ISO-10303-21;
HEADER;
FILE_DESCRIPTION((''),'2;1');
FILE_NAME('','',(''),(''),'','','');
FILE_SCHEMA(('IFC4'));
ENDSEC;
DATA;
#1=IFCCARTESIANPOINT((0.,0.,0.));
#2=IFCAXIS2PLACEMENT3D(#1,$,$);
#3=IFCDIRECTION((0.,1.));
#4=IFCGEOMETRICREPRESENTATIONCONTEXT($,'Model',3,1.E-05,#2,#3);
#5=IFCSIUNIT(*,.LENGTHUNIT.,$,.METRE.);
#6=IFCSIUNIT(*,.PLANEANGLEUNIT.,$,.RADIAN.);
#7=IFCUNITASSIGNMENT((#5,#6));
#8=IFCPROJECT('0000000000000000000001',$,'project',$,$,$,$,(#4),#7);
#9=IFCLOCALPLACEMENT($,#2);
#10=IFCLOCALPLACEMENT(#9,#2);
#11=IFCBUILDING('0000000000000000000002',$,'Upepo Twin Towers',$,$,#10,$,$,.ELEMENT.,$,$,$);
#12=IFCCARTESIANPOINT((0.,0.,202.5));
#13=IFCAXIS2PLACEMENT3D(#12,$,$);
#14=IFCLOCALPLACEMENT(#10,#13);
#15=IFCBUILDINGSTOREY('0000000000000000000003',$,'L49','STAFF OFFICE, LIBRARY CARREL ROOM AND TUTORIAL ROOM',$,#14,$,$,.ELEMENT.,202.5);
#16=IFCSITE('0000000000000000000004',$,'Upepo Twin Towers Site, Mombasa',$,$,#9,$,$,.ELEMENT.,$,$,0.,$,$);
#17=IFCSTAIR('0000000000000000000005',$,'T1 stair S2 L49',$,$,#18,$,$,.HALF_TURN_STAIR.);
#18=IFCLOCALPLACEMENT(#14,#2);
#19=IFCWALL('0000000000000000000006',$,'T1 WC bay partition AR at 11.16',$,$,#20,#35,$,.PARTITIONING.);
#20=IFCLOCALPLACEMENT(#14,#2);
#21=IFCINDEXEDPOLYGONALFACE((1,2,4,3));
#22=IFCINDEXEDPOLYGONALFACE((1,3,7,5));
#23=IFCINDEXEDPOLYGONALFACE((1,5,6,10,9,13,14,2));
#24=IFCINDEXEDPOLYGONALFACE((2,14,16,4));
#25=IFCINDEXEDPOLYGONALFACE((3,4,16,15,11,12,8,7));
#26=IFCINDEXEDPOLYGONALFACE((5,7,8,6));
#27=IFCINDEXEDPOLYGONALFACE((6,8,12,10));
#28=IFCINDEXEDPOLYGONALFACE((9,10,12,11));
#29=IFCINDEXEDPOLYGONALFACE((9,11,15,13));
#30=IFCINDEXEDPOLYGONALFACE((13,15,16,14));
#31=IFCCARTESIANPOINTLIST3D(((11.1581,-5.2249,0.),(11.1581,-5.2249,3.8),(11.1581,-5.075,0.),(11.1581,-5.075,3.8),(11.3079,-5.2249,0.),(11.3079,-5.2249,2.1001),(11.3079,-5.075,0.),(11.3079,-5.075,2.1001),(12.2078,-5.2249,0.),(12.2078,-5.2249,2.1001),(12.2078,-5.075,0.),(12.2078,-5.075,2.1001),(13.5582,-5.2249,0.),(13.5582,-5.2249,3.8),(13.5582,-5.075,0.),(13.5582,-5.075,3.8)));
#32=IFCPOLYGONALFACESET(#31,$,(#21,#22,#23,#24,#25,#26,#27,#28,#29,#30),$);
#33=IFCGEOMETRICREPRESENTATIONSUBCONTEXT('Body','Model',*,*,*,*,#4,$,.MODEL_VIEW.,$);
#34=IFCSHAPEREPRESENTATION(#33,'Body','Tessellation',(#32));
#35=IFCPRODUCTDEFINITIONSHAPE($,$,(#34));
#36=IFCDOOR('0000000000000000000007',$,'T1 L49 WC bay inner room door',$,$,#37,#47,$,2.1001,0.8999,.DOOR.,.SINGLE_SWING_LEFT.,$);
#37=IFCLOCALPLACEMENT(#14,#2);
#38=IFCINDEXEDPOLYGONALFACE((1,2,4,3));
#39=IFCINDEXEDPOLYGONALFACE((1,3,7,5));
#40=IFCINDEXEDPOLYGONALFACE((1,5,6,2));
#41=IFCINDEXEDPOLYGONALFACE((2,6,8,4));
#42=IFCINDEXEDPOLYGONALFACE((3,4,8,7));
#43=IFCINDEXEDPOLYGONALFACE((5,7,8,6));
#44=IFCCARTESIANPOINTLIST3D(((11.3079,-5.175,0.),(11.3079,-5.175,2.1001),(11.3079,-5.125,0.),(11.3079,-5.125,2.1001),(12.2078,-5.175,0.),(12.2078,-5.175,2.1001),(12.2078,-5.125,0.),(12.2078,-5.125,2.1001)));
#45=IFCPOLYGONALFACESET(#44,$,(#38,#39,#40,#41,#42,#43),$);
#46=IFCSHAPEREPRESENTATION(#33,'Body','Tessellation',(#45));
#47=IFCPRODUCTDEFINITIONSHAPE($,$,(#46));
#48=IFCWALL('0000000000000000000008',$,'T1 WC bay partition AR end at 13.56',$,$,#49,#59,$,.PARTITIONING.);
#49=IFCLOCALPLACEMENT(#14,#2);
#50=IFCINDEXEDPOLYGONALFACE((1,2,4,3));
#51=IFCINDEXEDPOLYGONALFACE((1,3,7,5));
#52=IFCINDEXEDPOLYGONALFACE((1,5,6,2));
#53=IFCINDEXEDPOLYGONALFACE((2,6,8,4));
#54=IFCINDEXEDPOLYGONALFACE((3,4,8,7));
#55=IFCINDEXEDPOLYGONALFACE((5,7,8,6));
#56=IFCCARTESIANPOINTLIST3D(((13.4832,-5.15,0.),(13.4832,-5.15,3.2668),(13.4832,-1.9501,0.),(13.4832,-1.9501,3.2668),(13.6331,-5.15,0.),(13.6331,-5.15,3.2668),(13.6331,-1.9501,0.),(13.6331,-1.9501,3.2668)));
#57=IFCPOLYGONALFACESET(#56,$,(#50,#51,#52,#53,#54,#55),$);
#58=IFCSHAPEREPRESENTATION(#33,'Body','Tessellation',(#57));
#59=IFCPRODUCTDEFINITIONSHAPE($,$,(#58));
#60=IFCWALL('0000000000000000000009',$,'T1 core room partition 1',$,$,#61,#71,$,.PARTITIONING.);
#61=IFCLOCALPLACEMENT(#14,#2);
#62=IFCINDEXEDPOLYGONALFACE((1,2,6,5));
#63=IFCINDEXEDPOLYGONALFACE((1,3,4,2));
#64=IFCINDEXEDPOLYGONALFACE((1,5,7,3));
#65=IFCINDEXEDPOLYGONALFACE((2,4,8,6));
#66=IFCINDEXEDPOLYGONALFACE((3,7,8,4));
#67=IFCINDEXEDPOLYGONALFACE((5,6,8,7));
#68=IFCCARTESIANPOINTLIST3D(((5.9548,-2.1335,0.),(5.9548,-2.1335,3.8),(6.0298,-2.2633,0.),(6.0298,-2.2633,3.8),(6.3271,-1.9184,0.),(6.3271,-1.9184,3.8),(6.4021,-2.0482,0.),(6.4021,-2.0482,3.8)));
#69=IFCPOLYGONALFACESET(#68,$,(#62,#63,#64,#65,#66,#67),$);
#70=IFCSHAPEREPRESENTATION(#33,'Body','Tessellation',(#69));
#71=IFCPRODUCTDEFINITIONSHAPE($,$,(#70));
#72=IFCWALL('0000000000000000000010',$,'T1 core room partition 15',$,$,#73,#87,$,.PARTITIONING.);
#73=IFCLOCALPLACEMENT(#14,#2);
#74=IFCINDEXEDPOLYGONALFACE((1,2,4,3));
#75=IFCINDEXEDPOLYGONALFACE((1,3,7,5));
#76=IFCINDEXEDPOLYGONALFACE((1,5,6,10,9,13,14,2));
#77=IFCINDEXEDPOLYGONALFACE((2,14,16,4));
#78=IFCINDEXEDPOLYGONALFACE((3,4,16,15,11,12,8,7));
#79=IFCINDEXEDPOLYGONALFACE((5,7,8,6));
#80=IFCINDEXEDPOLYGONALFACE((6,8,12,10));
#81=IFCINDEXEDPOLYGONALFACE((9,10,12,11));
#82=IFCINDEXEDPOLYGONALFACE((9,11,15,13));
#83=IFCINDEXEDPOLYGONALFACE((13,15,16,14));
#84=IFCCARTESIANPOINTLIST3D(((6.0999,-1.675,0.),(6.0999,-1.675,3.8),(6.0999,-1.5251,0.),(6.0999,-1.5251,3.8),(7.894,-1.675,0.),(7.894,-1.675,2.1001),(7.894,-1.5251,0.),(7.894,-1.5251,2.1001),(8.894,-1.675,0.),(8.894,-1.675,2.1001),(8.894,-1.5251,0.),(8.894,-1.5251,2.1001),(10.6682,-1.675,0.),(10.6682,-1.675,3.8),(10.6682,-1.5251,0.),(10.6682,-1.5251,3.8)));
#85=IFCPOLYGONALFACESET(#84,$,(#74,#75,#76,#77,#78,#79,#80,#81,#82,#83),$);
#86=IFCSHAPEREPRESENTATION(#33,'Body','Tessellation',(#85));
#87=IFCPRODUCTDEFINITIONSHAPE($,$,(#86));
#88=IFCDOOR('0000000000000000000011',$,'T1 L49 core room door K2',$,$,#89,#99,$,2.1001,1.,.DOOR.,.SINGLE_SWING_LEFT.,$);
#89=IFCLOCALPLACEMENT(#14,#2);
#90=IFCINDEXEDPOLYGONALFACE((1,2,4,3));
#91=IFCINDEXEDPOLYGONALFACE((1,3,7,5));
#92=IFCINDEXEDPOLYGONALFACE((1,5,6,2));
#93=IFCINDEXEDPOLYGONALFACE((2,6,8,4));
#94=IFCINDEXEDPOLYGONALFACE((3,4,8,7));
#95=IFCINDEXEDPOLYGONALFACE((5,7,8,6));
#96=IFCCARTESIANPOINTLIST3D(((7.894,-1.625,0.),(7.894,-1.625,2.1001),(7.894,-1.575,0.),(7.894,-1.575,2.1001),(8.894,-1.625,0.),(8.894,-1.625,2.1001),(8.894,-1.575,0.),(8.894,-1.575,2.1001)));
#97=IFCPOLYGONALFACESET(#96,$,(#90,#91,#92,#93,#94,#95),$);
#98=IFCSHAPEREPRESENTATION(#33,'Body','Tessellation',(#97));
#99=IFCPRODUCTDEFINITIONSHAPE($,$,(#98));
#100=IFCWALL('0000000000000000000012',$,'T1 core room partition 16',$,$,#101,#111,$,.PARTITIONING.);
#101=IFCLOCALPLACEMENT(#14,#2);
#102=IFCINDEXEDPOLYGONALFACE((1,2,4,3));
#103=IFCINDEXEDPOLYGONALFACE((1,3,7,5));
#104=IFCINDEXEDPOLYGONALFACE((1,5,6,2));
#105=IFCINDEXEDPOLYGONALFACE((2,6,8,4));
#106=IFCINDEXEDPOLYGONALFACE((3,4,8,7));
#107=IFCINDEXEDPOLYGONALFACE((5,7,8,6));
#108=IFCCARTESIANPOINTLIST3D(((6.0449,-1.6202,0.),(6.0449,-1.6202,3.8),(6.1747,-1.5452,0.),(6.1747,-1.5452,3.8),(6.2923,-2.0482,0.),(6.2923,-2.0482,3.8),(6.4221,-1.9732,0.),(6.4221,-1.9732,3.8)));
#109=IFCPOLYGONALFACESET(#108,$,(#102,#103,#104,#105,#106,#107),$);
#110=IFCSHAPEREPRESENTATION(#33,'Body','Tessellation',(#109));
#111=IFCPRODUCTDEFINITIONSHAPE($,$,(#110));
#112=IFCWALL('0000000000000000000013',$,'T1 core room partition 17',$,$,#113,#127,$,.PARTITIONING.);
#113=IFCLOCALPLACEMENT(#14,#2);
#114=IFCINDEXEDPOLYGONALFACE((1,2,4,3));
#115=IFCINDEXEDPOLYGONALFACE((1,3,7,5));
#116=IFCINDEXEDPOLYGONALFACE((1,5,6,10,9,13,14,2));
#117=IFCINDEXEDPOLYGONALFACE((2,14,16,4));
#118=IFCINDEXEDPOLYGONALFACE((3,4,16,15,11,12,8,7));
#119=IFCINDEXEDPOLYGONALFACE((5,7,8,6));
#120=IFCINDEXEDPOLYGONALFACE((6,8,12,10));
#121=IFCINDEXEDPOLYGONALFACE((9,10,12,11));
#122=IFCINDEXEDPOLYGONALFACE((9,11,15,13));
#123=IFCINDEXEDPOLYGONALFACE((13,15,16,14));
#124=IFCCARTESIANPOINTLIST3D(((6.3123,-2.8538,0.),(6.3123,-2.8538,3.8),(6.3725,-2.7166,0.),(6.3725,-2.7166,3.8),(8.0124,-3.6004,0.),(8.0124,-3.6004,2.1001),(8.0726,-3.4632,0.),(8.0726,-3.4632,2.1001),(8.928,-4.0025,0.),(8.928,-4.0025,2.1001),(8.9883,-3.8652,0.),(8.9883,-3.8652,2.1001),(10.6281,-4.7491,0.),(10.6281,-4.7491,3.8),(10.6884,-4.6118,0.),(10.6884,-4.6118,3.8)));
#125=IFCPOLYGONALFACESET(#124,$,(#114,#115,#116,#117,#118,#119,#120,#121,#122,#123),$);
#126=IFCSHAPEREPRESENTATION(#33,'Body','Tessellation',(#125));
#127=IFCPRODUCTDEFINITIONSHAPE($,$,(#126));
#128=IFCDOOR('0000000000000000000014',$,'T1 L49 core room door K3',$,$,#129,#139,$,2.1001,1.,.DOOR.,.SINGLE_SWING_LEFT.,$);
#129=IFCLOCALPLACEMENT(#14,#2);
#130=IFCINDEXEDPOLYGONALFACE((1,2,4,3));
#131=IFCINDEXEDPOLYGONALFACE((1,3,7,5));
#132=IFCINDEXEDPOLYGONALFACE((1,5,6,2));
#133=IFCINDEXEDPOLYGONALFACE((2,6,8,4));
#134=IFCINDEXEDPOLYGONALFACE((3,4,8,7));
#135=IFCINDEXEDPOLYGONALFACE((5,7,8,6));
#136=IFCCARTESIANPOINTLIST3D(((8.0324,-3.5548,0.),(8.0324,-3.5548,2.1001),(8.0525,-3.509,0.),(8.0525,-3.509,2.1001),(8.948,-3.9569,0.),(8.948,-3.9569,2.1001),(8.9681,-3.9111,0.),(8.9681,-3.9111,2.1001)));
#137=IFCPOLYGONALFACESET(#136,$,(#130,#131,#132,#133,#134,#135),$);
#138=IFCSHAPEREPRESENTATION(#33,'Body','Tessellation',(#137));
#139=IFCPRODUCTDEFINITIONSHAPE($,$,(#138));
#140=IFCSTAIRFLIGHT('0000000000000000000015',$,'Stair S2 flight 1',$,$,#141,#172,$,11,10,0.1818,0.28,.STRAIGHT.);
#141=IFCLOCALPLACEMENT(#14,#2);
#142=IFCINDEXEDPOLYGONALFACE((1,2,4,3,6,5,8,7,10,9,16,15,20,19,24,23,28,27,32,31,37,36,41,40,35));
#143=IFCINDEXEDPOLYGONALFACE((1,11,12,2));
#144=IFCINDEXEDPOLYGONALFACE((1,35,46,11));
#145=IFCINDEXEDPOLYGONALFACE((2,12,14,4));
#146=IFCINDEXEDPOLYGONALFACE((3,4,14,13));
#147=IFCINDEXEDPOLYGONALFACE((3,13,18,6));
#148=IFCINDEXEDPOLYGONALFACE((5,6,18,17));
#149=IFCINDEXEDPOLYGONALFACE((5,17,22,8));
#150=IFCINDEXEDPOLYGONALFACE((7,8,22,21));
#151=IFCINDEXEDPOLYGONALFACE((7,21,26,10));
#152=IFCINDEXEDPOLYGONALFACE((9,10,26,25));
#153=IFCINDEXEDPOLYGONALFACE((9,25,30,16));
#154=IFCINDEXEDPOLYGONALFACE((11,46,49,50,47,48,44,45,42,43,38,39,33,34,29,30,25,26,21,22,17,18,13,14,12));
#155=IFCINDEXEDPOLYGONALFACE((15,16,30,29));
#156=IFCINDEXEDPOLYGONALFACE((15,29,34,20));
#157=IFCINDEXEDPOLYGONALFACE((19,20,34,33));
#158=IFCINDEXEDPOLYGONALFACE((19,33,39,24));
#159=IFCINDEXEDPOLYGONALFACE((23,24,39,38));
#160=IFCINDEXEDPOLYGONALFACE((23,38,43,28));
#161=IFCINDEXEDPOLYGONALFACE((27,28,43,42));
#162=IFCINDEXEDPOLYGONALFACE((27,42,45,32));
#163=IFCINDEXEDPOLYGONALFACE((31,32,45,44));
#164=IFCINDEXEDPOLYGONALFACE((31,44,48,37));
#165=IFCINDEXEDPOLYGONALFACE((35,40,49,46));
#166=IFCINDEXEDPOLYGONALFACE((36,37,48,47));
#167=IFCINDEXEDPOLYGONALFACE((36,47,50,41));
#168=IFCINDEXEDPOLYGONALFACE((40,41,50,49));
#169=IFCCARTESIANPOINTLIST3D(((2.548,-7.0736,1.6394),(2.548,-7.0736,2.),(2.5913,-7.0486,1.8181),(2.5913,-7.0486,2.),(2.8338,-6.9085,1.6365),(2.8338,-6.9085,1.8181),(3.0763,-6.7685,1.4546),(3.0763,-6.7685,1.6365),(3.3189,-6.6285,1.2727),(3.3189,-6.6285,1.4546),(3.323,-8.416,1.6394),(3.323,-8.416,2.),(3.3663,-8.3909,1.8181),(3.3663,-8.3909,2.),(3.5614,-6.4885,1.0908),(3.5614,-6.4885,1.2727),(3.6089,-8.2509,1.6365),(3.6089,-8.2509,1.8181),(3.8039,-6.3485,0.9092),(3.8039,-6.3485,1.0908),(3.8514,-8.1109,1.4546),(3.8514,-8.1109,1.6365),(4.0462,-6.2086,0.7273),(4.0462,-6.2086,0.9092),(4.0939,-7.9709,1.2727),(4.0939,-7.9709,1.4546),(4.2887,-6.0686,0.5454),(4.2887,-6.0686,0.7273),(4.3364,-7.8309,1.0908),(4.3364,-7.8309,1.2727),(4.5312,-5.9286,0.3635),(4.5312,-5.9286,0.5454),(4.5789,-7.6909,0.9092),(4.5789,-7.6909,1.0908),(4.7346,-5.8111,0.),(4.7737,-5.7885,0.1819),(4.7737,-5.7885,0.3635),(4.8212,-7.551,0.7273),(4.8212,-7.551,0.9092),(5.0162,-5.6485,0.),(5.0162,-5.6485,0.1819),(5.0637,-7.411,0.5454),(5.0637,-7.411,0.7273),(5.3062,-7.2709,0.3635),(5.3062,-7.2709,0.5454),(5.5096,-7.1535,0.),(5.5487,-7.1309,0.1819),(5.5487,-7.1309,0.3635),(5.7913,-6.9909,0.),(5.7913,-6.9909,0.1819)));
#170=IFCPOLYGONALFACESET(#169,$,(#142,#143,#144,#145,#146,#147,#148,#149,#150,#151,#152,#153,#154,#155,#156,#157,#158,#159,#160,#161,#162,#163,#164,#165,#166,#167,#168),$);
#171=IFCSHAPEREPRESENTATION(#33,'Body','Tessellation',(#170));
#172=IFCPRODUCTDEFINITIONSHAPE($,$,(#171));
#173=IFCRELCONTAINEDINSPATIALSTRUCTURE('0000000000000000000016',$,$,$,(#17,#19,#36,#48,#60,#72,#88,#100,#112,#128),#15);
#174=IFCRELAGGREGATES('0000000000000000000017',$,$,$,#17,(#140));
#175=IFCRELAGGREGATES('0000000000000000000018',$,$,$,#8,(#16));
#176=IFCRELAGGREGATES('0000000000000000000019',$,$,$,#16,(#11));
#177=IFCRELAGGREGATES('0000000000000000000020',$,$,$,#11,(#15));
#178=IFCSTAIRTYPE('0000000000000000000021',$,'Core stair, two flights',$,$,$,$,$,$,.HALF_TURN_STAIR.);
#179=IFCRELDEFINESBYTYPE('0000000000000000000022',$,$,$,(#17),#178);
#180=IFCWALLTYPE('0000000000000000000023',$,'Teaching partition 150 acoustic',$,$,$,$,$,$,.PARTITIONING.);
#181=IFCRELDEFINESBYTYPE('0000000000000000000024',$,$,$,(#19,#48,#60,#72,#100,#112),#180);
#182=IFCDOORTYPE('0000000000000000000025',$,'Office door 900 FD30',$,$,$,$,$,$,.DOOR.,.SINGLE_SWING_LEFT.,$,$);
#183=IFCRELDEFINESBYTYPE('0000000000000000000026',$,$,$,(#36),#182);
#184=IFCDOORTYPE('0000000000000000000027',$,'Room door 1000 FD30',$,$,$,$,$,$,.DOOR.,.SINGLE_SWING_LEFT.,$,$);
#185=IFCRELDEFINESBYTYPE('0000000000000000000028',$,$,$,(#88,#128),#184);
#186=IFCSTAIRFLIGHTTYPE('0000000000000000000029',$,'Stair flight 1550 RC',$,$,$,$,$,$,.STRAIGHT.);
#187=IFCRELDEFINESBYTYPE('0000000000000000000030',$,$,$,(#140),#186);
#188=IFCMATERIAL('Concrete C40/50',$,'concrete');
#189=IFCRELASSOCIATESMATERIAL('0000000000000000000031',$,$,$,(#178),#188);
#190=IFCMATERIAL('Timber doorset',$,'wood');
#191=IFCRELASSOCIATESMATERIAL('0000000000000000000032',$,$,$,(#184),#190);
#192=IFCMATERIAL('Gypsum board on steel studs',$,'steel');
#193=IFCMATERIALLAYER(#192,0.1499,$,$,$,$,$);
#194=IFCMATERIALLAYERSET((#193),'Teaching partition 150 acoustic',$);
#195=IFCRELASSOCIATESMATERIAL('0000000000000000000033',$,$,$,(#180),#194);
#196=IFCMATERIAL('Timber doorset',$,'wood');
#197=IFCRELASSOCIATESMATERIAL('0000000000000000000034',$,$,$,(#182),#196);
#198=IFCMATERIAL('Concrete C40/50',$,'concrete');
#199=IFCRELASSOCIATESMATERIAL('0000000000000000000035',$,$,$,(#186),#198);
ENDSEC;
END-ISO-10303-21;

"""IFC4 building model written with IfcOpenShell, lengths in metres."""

from ifc_helpers import new_model, si_unit, direction, frame, frame_2d, origin, place, context, subcontext, project, spatial, polyline, rectangle, outline, extrude, material, layer, layer_set, type_object, element, fill, aggregate, save


model = new_model("IFC4")

# Units and contexts
model_context = context("Model", 3, precision=1e-05, world=origin(), true_north=direction((0.0, 1.0)))
body_context = subcontext(model_context, "Body", "Model", "MODEL_VIEW")
ifc_project = project(units=[si_unit("LENGTHUNIT", "METRE"), si_unit("PLANEANGLEUNIT", "RADIAN")], contexts=[model_context])

# Site, building, storey
site_placement = place(None, origin())
site = spatial("IfcSite", under=ifc_project, at=site_placement, Name="Upepo Twin Towers Site, Mombasa", CompositionType="ELEMENT", RefElevation=0.0)
building_placement = place(site_placement, origin())
building = spatial("IfcBuilding", under=site, at=building_placement, Name="Upepo Twin Towers", CompositionType="ELEMENT")
storey_placement = place(building_placement, frame((0.0, 0.0, 202.5)))
storey = spatial("IfcBuildingStorey", under=building, at=storey_placement, Name="L49", Description="STAFF OFFICE, LIBRARY CARREL ROOM AND TUTORIAL ROOM", CompositionType="ELEMENT", Elevation=202.5)

# Stair
ifc_material_1 = material(Name="Concrete C40/50", Category="concrete")
stair_type = type_object("IfcStairType", Name="Core stair, two flights", PredefinedType="HALF_TURN_STAIR", material=ifc_material_1)
stair_placement = place(storey_placement, origin())
stair = element("IfcStair", 1, at=stair_placement, inside=storey, type_object=stair_type, Name="T1 stair S2 L49", PredefinedType="HALF_TURN_STAIR")

# Shared definitions
ifc_material_2 = material(Name="Timber doorset", Category="wood")
door_type_1 = type_object("IfcDoorType", Name="Room door 1000 FD30", OperationType="SINGLE_SWING_LEFT", PredefinedType="DOOR", material=ifc_material_2)

# Wall, opening, door
ifc_material_3 = material(Name="Gypsum board on steel studs", Category="steel")
ifc_layer_1 = layer(ifc_material_3, 0.1499)
ifc_layer_set_1 = layer_set([ifc_layer_1], Name="Teaching partition 150 acoustic")
wall_type_1 = type_object("IfcWallType", Name="Teaching partition 150 acoustic", PredefinedType="PARTITIONING", material=ifc_layer_set_1)
wall_1_placement = place(storey_placement, frame((11.158, -5.1499, 0.0), z_axis=(0.0, 0.0, 1.0), x_axis=(1.0, 0.0, 0.0)))
wall_1 = element("IfcWall", 2, at=wall_1_placement, inside=storey, type_object=wall_type_1, Name="T1 WC bay partition AR at 11.16", PredefinedType="PARTITIONING", context=body_context, shape_type="SweptSolid", body=[
    extrude(rectangle(XDim=2.4001, YDim=0.1499, at=frame_2d((1.2002, 0.0))), origin(), (0.0, 0.0, 1.0), 3.8),
])
opening_1_placement = place(wall_1_placement, frame((0.1499, 0.0, 0.0)))
opening_1 = element("IfcOpeningElement", 3, at=opening_1_placement, cuts=wall_1, PredefinedType="OPENING", context=body_context, shape_type="SweptSolid", body=[
    extrude(rectangle(XDim=0.8999, YDim=2.1001, at=frame_2d((0.45, 1.05))), frame((0.0, 0.085, 0.0), z_axis=(0.0, -1.0, 0.0), x_axis=(1.0, 0.0, 0.0)), (0.0, 0.0, 1.0), 0.1699),
])
ifc_material_4 = material(Name="Timber doorset", Category="wood")
door_type_2 = type_object("IfcDoorType", Name="Office door 900 FD30", OperationType="SINGLE_SWING_LEFT", PredefinedType="DOOR", material=ifc_material_4)
door_1_placement = place(opening_1_placement, origin())
door_1 = element("IfcDoor", 4, at=door_1_placement, inside=storey, type_object=door_type_2, Name="T1 L49 WC bay inner room door", OperationType="SINGLE_SWING_LEFT", OverallHeight=2.1001, OverallWidth=0.8999, PredefinedType="DOOR", context=body_context, shape_type="SweptSolid", body=[
    extrude(rectangle(XDim=0.8999, YDim=2.1001, at=frame_2d((0.45, 1.05))), frame((0.0, 0.0249, 0.0), z_axis=(0.0, -1.0, 0.0), x_axis=(1.0, 0.0, 0.0)), (0.0, 0.0, 1.0), 0.05),
])
fill(opening_1, door_1)

# Walls
wall_2_placement = place(storey_placement, frame((13.5581, -1.95, 0.0), z_axis=(0.0, 0.0, 1.0), x_axis=(0.0, -1.0, 0.0)))
element("IfcWall", 5, at=wall_2_placement, inside=storey, type_object=wall_type_1, Name="T1 WC bay partition AR end at 13.56", PredefinedType="PARTITIONING", context=body_context, shape_type="SweptSolid", body=[
    extrude(rectangle(XDim=3.2, YDim=0.1499, at=frame_2d((1.6001, 0.0))), origin(), (0.0, 0.0, 1.0), 3.2668),
])
wall_3_placement = place(storey_placement, frame((6.3645, -1.9834, 0.0), z_axis=(0.0, 0.0, 1.0), x_axis=(-0.865892, -0.50023, 0.0)))
element("IfcWall", 6, at=wall_3_placement, inside=storey, type_object=wall_type_1, Name="T1 core room partition 1", PredefinedType="PARTITIONING", context=body_context, shape_type="SweptSolid", body=[
    extrude(rectangle(XDim=0.4299, YDim=0.1499, at=frame_2d((0.2148, 0.0))), origin(), (0.0, 0.0, 1.0), 3.8),
])

# Wall, opening, door
wall_4_placement = place(storey_placement, frame((10.6682, -1.6001, 0.0), z_axis=(0.0, 0.0, 1.0), x_axis=(-1.0, 0.0, 0.0)))
wall_4 = element("IfcWall", 7, at=wall_4_placement, inside=storey, type_object=wall_type_1, Name="T1 core room partition 15", PredefinedType="PARTITIONING", context=body_context, shape_type="SweptSolid", body=[
    extrude(rectangle(XDim=4.5684, YDim=0.1499, at=frame_2d((2.2842, 0.0))), origin(), (0.0, 0.0, 1.0), 3.8),
])
opening_2_placement = place(wall_4_placement, frame((1.7742, 0.0, 0.0)))
opening_2 = element("IfcOpeningElement", 8, at=opening_2_placement, cuts=wall_4, PredefinedType="OPENING", context=body_context, shape_type="SweptSolid", body=[
    extrude(rectangle(XDim=1.0, YDim=2.1001, at=frame_2d((0.5, 1.05))), frame((0.0, 0.085, 0.0), z_axis=(0.0, -1.0, 0.0), x_axis=(1.0, 0.0, 0.0)), (0.0, 0.0, 1.0), 0.1699),
])
door_2_placement = place(opening_2_placement, origin())
door_2 = element("IfcDoor", 9, at=door_2_placement, inside=storey, type_object=door_type_1, Name="T1 L49 core room door K2", OperationType="SINGLE_SWING_LEFT", OverallHeight=2.1001, OverallWidth=1.0, PredefinedType="DOOR", context=body_context, shape_type="SweptSolid", body=[
    extrude(rectangle(XDim=1.0, YDim=2.1001, at=frame_2d((0.5, 1.05))), frame((0.0, 0.0249, 0.0), z_axis=(0.0, -1.0, 0.0), x_axis=(1.0, 0.0, 0.0)), (0.0, 0.0, 1.0), 0.05),
])
fill(opening_2, door_2)

# Wall
wall_5_placement = place(storey_placement, frame((6.1099, -1.5828, 0.0), z_axis=(0.0, 0.0, 1.0), x_axis=(0.500335, -0.865832, 0.0)))
element("IfcWall", 10, at=wall_5_placement, inside=storey, type_object=wall_type_1, Name="T1 core room partition 16", PredefinedType="PARTITIONING", context=body_context, shape_type="SweptSolid", body=[
    extrude(rectangle(XDim=0.4944, YDim=0.1499, at=frame_2d((0.2471, 0.0))), origin(), (0.0, 0.0, 1.0), 3.8),
])

# Wall, opening, door
wall_6_placement = place(storey_placement, frame((6.3423, -2.7852, 0.0), z_axis=(0.0, 0.0, 1.0), x_axis=(0.915607, -0.402074, 0.0)))
wall_6 = element("IfcWall", 11, at=wall_6_placement, inside=storey, type_object=wall_type_1, Name="T1 core room partition 17", PredefinedType="PARTITIONING", context=body_context, shape_type="SweptSolid", body=[
    extrude(rectangle(XDim=4.7136, YDim=0.1499, at=frame_2d((2.3569, 0.0))), origin(), (0.0, 0.0, 1.0), 3.8),
])
opening_3_placement = place(wall_6_placement, frame((1.8569, 0.0, 0.0)))
opening_3 = element("IfcOpeningElement", 12, at=opening_3_placement, cuts=wall_6, PredefinedType="OPENING", context=body_context, shape_type="SweptSolid", body=[
    extrude(rectangle(XDim=1.0, YDim=2.1001, at=frame_2d((0.5, 1.05))), frame((0.0, 0.085, 0.0), z_axis=(0.0, -1.0, 0.0), x_axis=(1.0, 0.0, 0.0)), (0.0, 0.0, 1.0), 0.1699),
])
door_3_placement = place(opening_3_placement, origin())
door_3 = element("IfcDoor", 13, at=door_3_placement, inside=storey, type_object=door_type_1, Name="T1 L49 core room door K3", OperationType="SINGLE_SWING_LEFT", OverallHeight=2.1001, OverallWidth=1.0, PredefinedType="DOOR", context=body_context, shape_type="SweptSolid", body=[
    extrude(rectangle(XDim=1.0, YDim=2.1001, at=frame_2d((0.5, 1.05))), frame((0.0, 0.0249, 0.0), z_axis=(0.0, -1.0, 0.0), x_axis=(1.0, 0.0, 0.0)), (0.0, 0.0, 1.0), 0.05),
])
fill(opening_3, door_3)

# Stair flight
ifc_material_5 = material(Name="Concrete C40/50", Category="concrete")
stair_flight_type = type_object("IfcStairFlightType", Name="Stair flight 1550 RC", PredefinedType="STRAIGHT", material=ifc_material_5)
stair_flight_1_placement = place(storey_placement, frame((5.4038, -6.3198, 0.0), z_axis=(0.0, 0.0, 1.0), x_axis=(-0.866025, -0.5, 0.0)))
stair_flight_1 = element("IfcStairFlight", 14, at=stair_flight_1_placement, type_object=stair_flight_type, Name="Stair S2 flight 1", NumberOfRisers=11, NumberOfTreads=10, PredefinedType="STRAIGHT", RiserHeight=0.1818, TreadLength=0.28, context=body_context, shape_type="SweptSolid", body=[
    extrude(outline(polyline([(0.0, 0.0), (0.0, 0.1819), (0.28, 0.1819), (0.28, 0.3635), (0.5601, 0.3635), (0.5601, 0.5454), (0.8401, 0.5454), (0.8401, 0.7273), (1.1201, 0.7273), (1.1201, 0.9092), (1.3999, 0.9092), (1.3999, 1.0908), (1.6799, 1.0908), (1.6799, 1.2727), (1.96, 1.2727), (1.96, 1.4546), (2.24, 1.4546), (2.24, 1.6365), (2.52, 1.6365), (2.52, 1.8181), (2.8, 1.8181), (2.8, 2.0), (2.8501, 2.0), (2.8501, 1.6394), (0.3252, 0.0), (0.0, 0.0)])), frame((0.0, 0.7749, 0.0), z_axis=(0.0, -1.0, 0.0), x_axis=(1.0, 0.0, 0.0)), (0.0, 0.0, 1.0), 1.55),
])
aggregate(stair, [stair_flight_1])

save(model, "model.ifc")
